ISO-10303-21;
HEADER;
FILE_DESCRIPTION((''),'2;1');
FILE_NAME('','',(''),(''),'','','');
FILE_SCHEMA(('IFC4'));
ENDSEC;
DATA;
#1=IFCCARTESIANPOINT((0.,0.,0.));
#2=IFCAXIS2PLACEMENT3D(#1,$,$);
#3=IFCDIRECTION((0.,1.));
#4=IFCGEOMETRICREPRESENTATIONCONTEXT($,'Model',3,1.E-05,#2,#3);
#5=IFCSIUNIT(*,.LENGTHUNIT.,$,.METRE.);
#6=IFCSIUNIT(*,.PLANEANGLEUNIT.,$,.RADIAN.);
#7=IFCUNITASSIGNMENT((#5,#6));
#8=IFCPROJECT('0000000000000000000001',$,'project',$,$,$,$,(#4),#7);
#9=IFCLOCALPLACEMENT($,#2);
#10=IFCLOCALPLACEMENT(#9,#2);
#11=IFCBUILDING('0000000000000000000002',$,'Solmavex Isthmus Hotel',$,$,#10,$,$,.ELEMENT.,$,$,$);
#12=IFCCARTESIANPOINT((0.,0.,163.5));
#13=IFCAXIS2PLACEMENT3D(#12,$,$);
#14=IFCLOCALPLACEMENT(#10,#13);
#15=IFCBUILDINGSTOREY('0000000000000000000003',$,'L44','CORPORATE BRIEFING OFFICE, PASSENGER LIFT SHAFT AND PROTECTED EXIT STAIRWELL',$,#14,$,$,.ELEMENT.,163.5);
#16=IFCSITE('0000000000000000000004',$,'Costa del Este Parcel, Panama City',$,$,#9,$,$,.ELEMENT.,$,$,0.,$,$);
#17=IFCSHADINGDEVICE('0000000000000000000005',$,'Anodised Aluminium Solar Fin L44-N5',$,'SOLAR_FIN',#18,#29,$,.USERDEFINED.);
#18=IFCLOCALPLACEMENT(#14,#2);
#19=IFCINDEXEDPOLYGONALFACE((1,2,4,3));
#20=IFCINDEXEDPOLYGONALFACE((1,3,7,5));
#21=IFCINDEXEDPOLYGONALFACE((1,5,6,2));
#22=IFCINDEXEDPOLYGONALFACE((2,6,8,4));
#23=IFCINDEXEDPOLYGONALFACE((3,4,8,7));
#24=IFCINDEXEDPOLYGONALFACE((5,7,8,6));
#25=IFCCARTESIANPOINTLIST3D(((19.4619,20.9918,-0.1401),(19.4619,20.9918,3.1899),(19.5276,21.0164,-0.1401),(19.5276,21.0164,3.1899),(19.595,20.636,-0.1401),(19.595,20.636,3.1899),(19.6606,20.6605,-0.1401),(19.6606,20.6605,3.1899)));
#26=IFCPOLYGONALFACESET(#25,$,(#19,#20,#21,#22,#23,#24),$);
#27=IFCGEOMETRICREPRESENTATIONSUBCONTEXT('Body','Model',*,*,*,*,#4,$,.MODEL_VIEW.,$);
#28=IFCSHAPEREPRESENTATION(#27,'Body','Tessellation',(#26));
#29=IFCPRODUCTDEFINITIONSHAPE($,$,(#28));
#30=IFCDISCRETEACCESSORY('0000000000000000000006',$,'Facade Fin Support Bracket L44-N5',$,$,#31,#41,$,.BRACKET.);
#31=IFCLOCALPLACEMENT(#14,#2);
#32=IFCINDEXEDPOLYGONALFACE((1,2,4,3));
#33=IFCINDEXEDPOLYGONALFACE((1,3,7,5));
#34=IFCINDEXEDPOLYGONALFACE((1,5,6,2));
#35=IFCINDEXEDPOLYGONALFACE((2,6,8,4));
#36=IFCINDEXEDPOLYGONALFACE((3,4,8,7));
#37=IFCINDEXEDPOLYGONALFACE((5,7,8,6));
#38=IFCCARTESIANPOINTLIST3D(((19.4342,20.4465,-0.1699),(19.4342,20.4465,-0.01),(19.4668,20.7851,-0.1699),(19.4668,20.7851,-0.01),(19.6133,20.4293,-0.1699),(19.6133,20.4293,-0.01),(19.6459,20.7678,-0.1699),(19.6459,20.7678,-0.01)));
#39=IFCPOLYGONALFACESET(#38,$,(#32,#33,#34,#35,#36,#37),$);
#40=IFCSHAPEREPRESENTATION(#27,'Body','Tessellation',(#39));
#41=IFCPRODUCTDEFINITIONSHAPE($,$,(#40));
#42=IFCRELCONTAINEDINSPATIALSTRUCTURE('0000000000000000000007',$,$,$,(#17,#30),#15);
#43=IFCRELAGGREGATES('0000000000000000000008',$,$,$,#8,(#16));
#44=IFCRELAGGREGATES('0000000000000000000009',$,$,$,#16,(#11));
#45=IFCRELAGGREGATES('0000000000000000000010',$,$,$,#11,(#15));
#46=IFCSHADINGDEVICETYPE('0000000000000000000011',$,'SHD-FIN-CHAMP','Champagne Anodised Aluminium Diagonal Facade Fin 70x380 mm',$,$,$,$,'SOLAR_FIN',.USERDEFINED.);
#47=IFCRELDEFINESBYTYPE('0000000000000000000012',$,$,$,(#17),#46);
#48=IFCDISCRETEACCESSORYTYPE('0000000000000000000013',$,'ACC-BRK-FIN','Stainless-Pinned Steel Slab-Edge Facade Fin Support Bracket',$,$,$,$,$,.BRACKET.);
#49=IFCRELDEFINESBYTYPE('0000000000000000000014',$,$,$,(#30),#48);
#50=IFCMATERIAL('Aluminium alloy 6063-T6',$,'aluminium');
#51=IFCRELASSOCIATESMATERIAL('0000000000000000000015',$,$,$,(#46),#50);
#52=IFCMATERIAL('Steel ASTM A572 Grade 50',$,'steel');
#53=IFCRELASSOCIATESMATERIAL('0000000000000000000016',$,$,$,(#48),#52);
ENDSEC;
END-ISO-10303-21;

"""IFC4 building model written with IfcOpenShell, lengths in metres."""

from ifc_helpers import new_model, si_unit, direction, frame, origin, origin_2d, place, context, subcontext, project, spatial, rectangle, extrude, material, type_object, element, save


model = new_model("IFC4")

# Units and contexts
model_context = context("Model", 3, precision=1e-05, world=origin(), true_north=direction((0.0, 1.0)))
body_context = subcontext(model_context, "Body", "Model", "MODEL_VIEW")
ifc_project = project(units=[si_unit("LENGTHUNIT", "METRE"), si_unit("PLANEANGLEUNIT", "RADIAN")], contexts=[model_context])

# Site, building, storey
site_placement = place(None, origin())
site = spatial("IfcSite", under=ifc_project, at=site_placement, Name="Costa del Este Parcel, Panama City", CompositionType="ELEMENT", RefElevation=0.0)
building_placement = place(site_placement, origin())
building = spatial("IfcBuilding", under=site, at=building_placement, Name="Solmavex Isthmus Hotel", CompositionType="ELEMENT")
storey_placement = place(building_placement, frame((0.0, 0.0, 163.5)))
storey = spatial("IfcBuildingStorey", under=building, at=storey_placement, Name="L44", Description="CORPORATE BRIEFING OFFICE, PASSENGER LIFT SHAFT AND PROTECTED EXIT STAIRWELL", CompositionType="ELEMENT", Elevation=163.5)

# Shared definitions
ifc_material_1 = material(Name="Aluminium alloy 6063-T6", Category="aluminium")

# Shading device
shading_device_type = type_object("IfcShadingDeviceType", Name="SHD-FIN-CHAMP", Description="Champagne Anodised Aluminium Diagonal Facade Fin 70x380 mm", ElementType="SOLAR_FIN", PredefinedType="USERDEFINED", material=ifc_material_1)
shading_device_placement = place(storey_placement, frame((19.5613, 20.8262, -0.1401), z_axis=(0.0, 0.0, 1.0), x_axis=(-0.350207, 0.936672, 0.0)))
element("IfcShadingDevice", 1, at=shading_device_placement, inside=storey, type_object=shading_device_type, Name="Anodised Aluminium Solar Fin L44-N5", ObjectType="SOLAR_FIN", PredefinedType="USERDEFINED", context=body_context, shape_type="SweptSolid", body=[
    extrude(rectangle(XDim=0.3799, YDim=0.0701, at=origin_2d()), origin(), (0.0, 0.0, 1.0), 3.3301),
])

# Discrete accessory
ifc_material_2 = material(Name="Steel ASTM A572 Grade 50", Category="steel")
discrete_accessory_type = type_object("IfcDiscreteAccessoryType", Name="ACC-BRK-FIN", Description="Stainless-Pinned Steel Slab-Edge Facade Fin Support Bracket", PredefinedType="BRACKET", material=ifc_material_2)
discrete_accessory_placement = place(storey_placement, frame((19.54, 20.6072, -0.1699), z_axis=(0.0, 0.0, 1.0), x_axis=(0.095846, 0.995396, 0.0)))
element("IfcDiscreteAccessory", 2, at=discrete_accessory_placement, inside=storey, type_object=discrete_accessory_type, Name="Facade Fin Support Bracket L44-N5", PredefinedType="BRACKET", context=body_context, shape_type="SweptSolid", body=[
    extrude(rectangle(XDim=0.3401, YDim=0.1799, at=origin_2d()), origin(), (0.0, 0.0, 1.0), 0.1599),
])

save(model, "model.ifc")
